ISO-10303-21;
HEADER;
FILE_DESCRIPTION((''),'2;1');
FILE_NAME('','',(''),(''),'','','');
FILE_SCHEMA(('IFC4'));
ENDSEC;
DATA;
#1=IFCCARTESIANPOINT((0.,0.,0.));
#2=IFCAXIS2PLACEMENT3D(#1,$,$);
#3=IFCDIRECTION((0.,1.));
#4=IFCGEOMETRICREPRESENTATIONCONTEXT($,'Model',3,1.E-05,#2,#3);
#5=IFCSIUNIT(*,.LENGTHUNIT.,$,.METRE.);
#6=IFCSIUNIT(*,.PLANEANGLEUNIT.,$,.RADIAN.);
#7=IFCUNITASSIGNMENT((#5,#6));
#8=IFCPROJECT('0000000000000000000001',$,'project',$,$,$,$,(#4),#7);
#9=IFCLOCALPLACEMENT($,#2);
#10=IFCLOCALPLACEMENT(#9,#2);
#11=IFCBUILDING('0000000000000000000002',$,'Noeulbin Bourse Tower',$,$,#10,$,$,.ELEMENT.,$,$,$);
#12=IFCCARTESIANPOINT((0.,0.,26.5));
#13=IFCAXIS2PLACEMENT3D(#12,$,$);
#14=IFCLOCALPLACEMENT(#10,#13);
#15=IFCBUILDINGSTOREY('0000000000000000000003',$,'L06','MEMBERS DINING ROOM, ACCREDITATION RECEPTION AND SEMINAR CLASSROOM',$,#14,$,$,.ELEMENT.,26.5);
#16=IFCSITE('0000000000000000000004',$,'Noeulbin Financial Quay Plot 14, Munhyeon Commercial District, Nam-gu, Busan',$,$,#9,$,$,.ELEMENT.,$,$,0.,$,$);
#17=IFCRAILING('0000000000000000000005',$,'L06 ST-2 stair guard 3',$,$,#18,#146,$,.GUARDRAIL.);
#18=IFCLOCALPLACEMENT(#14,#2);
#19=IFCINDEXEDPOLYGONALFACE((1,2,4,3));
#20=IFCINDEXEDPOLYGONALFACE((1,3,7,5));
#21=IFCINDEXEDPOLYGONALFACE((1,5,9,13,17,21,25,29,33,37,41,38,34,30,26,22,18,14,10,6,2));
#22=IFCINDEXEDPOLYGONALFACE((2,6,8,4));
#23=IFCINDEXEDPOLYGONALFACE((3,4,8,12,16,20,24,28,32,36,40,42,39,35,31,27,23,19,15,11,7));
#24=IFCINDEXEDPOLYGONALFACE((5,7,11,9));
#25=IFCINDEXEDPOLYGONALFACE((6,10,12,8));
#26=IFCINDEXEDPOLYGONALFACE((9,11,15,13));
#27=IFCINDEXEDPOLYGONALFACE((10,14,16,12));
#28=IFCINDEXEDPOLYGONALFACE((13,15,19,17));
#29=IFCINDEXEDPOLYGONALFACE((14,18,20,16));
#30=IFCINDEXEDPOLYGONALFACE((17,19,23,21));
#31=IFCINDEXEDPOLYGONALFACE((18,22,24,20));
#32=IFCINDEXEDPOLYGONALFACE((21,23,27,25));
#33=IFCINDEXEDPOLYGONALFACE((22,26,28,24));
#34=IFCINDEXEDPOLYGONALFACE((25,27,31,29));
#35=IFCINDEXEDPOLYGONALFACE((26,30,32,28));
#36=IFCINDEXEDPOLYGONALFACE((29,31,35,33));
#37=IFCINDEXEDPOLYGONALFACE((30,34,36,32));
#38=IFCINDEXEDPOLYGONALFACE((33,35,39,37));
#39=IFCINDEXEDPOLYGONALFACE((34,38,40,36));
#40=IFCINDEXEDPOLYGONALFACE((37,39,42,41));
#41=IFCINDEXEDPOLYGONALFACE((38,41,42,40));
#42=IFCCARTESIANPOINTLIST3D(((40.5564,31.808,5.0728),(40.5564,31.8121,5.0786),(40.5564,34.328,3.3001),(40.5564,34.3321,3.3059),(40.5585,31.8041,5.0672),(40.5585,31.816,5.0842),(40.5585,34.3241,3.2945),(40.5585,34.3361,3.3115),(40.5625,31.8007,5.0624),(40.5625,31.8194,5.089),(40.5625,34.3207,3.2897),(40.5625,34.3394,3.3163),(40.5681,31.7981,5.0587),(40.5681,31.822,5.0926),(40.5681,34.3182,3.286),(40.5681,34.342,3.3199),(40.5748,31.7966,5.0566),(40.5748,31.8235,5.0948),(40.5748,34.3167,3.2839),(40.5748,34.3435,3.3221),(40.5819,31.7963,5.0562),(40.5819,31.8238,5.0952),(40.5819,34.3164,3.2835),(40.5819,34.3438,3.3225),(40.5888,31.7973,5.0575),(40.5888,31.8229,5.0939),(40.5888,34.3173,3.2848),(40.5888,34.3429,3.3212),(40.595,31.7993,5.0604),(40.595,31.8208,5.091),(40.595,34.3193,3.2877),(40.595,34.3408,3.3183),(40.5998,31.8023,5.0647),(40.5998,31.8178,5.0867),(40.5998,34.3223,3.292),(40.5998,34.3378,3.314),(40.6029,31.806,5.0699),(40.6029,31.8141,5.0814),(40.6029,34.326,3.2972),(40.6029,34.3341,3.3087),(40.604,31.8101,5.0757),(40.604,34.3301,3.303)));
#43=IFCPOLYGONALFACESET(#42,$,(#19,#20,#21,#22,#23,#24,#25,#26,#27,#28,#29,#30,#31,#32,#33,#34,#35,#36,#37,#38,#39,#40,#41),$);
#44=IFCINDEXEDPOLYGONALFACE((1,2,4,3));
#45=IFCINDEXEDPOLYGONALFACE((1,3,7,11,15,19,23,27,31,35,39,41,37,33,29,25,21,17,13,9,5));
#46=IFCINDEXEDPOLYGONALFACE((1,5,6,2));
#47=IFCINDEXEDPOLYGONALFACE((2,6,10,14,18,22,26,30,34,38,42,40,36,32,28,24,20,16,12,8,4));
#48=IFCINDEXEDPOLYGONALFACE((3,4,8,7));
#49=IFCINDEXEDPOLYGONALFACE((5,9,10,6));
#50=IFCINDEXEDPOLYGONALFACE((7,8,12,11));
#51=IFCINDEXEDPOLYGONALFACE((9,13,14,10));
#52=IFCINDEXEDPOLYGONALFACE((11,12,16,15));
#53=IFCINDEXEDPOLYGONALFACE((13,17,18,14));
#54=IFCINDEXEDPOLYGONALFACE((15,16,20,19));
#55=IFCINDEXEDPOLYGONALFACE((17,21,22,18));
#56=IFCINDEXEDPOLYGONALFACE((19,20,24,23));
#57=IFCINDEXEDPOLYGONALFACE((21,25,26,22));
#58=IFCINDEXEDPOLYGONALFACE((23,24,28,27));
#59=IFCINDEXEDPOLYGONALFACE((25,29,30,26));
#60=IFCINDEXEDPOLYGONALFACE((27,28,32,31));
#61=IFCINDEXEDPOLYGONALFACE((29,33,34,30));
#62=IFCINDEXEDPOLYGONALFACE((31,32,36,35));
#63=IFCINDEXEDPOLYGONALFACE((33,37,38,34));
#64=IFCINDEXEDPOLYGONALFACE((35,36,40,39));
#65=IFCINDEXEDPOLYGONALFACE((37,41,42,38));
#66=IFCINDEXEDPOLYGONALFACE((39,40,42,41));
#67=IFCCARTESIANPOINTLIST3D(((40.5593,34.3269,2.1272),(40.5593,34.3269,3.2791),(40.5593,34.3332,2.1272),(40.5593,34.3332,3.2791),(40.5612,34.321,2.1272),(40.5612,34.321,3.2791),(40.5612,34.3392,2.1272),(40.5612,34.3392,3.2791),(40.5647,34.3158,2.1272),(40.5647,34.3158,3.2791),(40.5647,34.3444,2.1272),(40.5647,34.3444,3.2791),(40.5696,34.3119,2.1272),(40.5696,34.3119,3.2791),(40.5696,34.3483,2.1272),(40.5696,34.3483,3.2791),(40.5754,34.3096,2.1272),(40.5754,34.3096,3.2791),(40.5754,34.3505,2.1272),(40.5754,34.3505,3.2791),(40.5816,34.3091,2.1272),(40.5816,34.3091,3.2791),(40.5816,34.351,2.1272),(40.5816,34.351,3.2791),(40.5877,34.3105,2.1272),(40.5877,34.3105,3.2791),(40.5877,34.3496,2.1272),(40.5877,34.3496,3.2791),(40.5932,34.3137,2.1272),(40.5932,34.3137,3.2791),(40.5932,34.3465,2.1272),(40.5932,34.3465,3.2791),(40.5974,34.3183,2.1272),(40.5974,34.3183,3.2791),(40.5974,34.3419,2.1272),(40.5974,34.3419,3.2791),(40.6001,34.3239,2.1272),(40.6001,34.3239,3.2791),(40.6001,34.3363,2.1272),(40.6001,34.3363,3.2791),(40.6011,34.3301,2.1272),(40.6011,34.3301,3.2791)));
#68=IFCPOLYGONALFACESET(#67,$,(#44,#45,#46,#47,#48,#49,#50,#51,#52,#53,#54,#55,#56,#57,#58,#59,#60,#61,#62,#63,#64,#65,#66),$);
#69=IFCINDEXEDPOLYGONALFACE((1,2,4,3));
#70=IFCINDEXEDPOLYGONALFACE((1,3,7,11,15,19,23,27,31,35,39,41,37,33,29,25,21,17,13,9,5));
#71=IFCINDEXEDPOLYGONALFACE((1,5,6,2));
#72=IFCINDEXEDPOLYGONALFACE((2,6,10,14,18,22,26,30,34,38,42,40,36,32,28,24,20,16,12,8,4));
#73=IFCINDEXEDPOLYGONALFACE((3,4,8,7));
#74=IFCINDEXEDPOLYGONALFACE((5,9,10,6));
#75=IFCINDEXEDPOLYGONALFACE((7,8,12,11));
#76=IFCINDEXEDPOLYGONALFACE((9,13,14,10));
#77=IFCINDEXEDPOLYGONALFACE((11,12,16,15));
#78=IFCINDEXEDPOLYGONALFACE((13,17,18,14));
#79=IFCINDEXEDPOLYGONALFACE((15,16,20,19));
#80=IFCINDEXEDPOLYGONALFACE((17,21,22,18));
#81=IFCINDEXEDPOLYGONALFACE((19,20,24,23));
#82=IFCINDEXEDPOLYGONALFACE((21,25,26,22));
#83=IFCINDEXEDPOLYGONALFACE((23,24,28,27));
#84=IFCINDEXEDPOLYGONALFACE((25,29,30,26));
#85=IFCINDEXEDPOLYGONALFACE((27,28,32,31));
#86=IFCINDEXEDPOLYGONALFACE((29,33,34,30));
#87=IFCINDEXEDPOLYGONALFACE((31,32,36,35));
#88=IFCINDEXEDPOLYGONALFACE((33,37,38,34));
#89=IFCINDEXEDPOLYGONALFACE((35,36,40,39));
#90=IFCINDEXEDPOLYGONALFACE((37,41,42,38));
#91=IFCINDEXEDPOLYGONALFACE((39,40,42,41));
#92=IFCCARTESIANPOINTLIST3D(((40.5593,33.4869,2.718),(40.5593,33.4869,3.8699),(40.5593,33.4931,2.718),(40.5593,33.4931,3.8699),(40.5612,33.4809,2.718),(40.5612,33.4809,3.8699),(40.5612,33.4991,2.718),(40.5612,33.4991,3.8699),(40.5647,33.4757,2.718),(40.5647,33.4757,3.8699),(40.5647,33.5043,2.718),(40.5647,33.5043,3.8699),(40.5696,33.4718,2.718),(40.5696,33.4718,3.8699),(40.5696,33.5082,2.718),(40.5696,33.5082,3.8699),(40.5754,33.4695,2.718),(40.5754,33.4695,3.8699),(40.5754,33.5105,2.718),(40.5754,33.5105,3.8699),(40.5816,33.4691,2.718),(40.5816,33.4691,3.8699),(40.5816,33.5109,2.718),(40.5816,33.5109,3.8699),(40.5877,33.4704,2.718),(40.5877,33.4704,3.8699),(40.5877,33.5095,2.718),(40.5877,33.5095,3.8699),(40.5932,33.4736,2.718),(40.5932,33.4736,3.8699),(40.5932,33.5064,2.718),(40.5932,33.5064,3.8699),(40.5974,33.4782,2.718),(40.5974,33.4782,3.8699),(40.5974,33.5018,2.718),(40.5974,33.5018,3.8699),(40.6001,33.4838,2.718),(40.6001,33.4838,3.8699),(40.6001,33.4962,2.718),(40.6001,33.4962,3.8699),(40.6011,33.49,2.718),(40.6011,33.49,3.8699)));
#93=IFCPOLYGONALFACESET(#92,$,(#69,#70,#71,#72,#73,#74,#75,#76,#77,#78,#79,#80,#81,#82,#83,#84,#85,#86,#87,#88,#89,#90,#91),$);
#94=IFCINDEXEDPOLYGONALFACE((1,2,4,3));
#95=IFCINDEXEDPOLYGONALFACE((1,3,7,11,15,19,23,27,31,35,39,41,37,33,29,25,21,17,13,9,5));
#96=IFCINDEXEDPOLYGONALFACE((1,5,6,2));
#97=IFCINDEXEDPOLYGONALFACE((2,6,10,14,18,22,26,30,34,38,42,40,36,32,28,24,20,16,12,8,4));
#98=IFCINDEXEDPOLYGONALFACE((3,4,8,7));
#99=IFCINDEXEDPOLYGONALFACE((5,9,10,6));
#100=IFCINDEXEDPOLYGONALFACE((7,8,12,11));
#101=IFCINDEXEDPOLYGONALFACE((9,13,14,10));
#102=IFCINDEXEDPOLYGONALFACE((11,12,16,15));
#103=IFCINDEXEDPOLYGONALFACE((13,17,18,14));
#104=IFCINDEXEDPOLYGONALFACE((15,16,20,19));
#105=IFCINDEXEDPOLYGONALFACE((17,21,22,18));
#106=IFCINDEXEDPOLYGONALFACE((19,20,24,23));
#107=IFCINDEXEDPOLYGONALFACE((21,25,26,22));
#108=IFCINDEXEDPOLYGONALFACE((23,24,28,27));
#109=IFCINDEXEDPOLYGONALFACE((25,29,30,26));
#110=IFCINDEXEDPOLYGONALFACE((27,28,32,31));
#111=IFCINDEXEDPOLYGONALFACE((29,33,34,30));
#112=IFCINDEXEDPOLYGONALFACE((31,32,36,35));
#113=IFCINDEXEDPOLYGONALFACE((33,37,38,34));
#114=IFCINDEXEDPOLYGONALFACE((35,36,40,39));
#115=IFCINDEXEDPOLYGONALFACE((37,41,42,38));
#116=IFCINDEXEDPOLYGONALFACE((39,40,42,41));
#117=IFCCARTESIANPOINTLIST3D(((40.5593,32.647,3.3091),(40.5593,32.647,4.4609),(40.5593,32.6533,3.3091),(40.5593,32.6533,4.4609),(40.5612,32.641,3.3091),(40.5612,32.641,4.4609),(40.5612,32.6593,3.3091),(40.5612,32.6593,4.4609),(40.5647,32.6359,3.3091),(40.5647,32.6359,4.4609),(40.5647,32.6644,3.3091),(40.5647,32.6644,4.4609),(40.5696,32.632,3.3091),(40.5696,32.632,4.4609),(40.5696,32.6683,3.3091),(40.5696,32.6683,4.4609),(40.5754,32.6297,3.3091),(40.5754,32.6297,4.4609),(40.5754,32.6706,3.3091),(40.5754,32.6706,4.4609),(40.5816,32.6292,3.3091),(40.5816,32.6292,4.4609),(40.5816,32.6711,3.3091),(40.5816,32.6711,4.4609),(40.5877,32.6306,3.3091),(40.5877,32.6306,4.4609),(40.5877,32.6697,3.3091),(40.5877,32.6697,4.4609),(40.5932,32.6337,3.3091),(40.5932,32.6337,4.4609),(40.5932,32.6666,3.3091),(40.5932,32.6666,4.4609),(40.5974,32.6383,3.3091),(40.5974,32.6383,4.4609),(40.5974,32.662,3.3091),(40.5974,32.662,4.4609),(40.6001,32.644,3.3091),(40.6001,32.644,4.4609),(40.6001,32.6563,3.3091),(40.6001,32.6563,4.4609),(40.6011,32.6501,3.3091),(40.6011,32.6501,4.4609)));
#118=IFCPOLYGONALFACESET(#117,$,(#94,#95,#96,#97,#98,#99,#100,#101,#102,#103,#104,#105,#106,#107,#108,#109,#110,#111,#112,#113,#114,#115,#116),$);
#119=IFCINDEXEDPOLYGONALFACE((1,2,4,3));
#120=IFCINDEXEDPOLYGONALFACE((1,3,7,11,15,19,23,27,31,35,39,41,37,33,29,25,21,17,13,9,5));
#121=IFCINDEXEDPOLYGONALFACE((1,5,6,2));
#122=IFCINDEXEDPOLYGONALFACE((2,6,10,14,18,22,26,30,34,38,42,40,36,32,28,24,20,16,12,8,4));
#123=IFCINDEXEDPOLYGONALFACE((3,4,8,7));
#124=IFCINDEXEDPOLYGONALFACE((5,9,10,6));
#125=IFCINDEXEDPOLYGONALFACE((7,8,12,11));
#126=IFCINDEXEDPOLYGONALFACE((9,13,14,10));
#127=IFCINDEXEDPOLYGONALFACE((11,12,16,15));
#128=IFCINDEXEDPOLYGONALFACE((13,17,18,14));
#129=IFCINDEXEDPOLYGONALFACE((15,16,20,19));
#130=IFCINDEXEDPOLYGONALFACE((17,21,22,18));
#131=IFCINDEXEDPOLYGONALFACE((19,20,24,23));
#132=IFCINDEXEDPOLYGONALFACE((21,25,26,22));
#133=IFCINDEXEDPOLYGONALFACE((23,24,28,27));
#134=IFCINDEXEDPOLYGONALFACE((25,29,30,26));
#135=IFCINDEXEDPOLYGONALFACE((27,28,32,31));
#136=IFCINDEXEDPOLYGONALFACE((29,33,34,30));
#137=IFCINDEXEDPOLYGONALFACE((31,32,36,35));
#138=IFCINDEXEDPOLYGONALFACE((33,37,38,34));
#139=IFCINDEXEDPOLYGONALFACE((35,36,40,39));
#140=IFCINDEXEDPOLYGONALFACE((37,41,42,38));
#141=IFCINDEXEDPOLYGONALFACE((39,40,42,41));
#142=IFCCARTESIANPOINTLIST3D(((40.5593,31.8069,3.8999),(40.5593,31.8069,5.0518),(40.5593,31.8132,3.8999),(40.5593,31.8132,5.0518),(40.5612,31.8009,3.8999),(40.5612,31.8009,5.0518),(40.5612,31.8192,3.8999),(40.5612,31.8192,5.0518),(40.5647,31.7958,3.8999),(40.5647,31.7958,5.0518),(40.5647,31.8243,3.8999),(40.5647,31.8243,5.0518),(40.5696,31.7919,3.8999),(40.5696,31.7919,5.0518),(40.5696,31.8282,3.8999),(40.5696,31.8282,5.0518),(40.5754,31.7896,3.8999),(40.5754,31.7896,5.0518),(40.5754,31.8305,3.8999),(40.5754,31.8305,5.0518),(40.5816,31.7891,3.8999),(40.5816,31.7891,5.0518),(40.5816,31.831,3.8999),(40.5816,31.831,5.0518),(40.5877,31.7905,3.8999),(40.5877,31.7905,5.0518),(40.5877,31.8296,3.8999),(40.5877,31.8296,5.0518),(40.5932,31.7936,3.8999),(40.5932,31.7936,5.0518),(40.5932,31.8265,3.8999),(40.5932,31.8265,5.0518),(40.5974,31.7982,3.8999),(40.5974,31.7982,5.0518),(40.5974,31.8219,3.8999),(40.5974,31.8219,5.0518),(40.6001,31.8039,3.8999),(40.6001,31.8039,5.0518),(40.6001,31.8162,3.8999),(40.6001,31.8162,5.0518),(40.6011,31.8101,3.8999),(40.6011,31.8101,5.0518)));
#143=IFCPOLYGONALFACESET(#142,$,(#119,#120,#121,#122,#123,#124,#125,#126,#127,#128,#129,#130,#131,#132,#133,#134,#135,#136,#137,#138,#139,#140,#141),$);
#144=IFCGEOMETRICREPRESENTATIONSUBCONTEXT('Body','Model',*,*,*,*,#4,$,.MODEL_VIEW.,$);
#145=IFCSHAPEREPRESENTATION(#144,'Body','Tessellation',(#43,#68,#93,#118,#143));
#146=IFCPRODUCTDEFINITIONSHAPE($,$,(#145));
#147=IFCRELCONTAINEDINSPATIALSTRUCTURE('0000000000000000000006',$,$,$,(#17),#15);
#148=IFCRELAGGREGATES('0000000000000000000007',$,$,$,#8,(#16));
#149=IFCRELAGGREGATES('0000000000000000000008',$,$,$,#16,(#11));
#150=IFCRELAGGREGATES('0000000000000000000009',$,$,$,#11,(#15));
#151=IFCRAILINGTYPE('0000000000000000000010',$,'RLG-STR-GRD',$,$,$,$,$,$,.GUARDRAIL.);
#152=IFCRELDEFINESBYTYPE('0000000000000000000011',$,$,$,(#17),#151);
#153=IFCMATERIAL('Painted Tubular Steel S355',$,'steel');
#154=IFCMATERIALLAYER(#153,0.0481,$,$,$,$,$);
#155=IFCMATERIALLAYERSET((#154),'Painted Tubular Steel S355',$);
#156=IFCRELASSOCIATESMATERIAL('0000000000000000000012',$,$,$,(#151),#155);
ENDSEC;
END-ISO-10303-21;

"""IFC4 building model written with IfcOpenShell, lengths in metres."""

from ifc_helpers import new_model, si_unit, direction, frame, origin, origin_2d, place, context, subcontext, project, spatial, circle, extrude, material, layer, layer_set, type_object, element, save


model = new_model("IFC4")

# Units and contexts
model_context = context("Model", 3, precision=1e-05, world=origin(), true_north=direction((0.0, 1.0)))
body_context = subcontext(model_context, "Body", "Model", "MODEL_VIEW")
ifc_project = project(units=[si_unit("LENGTHUNIT", "METRE"), si_unit("PLANEANGLEUNIT", "RADIAN")], contexts=[model_context])

# Site, building, storey
site_placement = place(None, origin())
site = spatial("IfcSite", under=ifc_project, at=site_placement, Name="Noeulbin Financial Quay Plot 14, Munhyeon Commercial District, Nam-gu, Busan", CompositionType="ELEMENT", RefElevation=0.0)
building_placement = place(site_placement, origin())
building = spatial("IfcBuilding", under=site, at=building_placement, Name="Noeulbin Bourse Tower", CompositionType="ELEMENT")
storey_placement = place(building_placement, frame((0.0, 0.0, 26.5)))
storey = spatial("IfcBuildingStorey", under=building, at=storey_placement, Name="L06", Description="MEMBERS DINING ROOM, ACCREDITATION RECEPTION AND SEMINAR CLASSROOM", CompositionType="ELEMENT", Elevation=26.5)

# Railing
ifc_material_1 = material(Name="Painted Tubular Steel S355", Category="steel")
ifc_layer_1 = layer(ifc_material_1, 0.0481)
ifc_layer_set_1 = layer_set([ifc_layer_1], Name="Painted Tubular Steel S355")
railing_type_1 = type_object("IfcRailingType", Name="RLG-STR-GRD", PredefinedType="GUARDRAIL", material=ifc_layer_set_1)
railing_1_placement = place(storey_placement, frame((40.5801, 34.3301, 2.1272)))
element("IfcRailing", 1, at=railing_1_placement, inside=storey, type_object=railing_type_1, Name="L06 ST-2 stair guard 3", PredefinedType="GUARDRAIL", context=body_context, shape_type="SweptSolid", body=[
    extrude(circle(Radius=0.0239, at=origin_2d()), frame((0.0, 0.0, 1.1758), z_axis=(0.0, -0.817904, 0.575354), x_axis=(1.0, 0.0, 0.0)), (0.0, 0.0, 1.0), 3.0811),
    extrude(circle(Radius=0.021, at=origin_2d()), origin(), (0.0, 0.0, 1.0), 1.1519),
    extrude(circle(Radius=0.021, at=origin_2d()), frame((0.0, -0.8401, 0.5908)), (0.0, 0.0, 1.0), 1.1519),
    extrude(circle(Radius=0.021, at=origin_2d()), frame((0.0, -1.6799, 1.1819)), (0.0, 0.0, 1.0), 1.1519),
    extrude(circle(Radius=0.021, at=origin_2d()), frame((0.0, -2.52, 1.7727)), (0.0, 0.0, 1.0), 1.1519),
])

save(model, "model.ifc")
